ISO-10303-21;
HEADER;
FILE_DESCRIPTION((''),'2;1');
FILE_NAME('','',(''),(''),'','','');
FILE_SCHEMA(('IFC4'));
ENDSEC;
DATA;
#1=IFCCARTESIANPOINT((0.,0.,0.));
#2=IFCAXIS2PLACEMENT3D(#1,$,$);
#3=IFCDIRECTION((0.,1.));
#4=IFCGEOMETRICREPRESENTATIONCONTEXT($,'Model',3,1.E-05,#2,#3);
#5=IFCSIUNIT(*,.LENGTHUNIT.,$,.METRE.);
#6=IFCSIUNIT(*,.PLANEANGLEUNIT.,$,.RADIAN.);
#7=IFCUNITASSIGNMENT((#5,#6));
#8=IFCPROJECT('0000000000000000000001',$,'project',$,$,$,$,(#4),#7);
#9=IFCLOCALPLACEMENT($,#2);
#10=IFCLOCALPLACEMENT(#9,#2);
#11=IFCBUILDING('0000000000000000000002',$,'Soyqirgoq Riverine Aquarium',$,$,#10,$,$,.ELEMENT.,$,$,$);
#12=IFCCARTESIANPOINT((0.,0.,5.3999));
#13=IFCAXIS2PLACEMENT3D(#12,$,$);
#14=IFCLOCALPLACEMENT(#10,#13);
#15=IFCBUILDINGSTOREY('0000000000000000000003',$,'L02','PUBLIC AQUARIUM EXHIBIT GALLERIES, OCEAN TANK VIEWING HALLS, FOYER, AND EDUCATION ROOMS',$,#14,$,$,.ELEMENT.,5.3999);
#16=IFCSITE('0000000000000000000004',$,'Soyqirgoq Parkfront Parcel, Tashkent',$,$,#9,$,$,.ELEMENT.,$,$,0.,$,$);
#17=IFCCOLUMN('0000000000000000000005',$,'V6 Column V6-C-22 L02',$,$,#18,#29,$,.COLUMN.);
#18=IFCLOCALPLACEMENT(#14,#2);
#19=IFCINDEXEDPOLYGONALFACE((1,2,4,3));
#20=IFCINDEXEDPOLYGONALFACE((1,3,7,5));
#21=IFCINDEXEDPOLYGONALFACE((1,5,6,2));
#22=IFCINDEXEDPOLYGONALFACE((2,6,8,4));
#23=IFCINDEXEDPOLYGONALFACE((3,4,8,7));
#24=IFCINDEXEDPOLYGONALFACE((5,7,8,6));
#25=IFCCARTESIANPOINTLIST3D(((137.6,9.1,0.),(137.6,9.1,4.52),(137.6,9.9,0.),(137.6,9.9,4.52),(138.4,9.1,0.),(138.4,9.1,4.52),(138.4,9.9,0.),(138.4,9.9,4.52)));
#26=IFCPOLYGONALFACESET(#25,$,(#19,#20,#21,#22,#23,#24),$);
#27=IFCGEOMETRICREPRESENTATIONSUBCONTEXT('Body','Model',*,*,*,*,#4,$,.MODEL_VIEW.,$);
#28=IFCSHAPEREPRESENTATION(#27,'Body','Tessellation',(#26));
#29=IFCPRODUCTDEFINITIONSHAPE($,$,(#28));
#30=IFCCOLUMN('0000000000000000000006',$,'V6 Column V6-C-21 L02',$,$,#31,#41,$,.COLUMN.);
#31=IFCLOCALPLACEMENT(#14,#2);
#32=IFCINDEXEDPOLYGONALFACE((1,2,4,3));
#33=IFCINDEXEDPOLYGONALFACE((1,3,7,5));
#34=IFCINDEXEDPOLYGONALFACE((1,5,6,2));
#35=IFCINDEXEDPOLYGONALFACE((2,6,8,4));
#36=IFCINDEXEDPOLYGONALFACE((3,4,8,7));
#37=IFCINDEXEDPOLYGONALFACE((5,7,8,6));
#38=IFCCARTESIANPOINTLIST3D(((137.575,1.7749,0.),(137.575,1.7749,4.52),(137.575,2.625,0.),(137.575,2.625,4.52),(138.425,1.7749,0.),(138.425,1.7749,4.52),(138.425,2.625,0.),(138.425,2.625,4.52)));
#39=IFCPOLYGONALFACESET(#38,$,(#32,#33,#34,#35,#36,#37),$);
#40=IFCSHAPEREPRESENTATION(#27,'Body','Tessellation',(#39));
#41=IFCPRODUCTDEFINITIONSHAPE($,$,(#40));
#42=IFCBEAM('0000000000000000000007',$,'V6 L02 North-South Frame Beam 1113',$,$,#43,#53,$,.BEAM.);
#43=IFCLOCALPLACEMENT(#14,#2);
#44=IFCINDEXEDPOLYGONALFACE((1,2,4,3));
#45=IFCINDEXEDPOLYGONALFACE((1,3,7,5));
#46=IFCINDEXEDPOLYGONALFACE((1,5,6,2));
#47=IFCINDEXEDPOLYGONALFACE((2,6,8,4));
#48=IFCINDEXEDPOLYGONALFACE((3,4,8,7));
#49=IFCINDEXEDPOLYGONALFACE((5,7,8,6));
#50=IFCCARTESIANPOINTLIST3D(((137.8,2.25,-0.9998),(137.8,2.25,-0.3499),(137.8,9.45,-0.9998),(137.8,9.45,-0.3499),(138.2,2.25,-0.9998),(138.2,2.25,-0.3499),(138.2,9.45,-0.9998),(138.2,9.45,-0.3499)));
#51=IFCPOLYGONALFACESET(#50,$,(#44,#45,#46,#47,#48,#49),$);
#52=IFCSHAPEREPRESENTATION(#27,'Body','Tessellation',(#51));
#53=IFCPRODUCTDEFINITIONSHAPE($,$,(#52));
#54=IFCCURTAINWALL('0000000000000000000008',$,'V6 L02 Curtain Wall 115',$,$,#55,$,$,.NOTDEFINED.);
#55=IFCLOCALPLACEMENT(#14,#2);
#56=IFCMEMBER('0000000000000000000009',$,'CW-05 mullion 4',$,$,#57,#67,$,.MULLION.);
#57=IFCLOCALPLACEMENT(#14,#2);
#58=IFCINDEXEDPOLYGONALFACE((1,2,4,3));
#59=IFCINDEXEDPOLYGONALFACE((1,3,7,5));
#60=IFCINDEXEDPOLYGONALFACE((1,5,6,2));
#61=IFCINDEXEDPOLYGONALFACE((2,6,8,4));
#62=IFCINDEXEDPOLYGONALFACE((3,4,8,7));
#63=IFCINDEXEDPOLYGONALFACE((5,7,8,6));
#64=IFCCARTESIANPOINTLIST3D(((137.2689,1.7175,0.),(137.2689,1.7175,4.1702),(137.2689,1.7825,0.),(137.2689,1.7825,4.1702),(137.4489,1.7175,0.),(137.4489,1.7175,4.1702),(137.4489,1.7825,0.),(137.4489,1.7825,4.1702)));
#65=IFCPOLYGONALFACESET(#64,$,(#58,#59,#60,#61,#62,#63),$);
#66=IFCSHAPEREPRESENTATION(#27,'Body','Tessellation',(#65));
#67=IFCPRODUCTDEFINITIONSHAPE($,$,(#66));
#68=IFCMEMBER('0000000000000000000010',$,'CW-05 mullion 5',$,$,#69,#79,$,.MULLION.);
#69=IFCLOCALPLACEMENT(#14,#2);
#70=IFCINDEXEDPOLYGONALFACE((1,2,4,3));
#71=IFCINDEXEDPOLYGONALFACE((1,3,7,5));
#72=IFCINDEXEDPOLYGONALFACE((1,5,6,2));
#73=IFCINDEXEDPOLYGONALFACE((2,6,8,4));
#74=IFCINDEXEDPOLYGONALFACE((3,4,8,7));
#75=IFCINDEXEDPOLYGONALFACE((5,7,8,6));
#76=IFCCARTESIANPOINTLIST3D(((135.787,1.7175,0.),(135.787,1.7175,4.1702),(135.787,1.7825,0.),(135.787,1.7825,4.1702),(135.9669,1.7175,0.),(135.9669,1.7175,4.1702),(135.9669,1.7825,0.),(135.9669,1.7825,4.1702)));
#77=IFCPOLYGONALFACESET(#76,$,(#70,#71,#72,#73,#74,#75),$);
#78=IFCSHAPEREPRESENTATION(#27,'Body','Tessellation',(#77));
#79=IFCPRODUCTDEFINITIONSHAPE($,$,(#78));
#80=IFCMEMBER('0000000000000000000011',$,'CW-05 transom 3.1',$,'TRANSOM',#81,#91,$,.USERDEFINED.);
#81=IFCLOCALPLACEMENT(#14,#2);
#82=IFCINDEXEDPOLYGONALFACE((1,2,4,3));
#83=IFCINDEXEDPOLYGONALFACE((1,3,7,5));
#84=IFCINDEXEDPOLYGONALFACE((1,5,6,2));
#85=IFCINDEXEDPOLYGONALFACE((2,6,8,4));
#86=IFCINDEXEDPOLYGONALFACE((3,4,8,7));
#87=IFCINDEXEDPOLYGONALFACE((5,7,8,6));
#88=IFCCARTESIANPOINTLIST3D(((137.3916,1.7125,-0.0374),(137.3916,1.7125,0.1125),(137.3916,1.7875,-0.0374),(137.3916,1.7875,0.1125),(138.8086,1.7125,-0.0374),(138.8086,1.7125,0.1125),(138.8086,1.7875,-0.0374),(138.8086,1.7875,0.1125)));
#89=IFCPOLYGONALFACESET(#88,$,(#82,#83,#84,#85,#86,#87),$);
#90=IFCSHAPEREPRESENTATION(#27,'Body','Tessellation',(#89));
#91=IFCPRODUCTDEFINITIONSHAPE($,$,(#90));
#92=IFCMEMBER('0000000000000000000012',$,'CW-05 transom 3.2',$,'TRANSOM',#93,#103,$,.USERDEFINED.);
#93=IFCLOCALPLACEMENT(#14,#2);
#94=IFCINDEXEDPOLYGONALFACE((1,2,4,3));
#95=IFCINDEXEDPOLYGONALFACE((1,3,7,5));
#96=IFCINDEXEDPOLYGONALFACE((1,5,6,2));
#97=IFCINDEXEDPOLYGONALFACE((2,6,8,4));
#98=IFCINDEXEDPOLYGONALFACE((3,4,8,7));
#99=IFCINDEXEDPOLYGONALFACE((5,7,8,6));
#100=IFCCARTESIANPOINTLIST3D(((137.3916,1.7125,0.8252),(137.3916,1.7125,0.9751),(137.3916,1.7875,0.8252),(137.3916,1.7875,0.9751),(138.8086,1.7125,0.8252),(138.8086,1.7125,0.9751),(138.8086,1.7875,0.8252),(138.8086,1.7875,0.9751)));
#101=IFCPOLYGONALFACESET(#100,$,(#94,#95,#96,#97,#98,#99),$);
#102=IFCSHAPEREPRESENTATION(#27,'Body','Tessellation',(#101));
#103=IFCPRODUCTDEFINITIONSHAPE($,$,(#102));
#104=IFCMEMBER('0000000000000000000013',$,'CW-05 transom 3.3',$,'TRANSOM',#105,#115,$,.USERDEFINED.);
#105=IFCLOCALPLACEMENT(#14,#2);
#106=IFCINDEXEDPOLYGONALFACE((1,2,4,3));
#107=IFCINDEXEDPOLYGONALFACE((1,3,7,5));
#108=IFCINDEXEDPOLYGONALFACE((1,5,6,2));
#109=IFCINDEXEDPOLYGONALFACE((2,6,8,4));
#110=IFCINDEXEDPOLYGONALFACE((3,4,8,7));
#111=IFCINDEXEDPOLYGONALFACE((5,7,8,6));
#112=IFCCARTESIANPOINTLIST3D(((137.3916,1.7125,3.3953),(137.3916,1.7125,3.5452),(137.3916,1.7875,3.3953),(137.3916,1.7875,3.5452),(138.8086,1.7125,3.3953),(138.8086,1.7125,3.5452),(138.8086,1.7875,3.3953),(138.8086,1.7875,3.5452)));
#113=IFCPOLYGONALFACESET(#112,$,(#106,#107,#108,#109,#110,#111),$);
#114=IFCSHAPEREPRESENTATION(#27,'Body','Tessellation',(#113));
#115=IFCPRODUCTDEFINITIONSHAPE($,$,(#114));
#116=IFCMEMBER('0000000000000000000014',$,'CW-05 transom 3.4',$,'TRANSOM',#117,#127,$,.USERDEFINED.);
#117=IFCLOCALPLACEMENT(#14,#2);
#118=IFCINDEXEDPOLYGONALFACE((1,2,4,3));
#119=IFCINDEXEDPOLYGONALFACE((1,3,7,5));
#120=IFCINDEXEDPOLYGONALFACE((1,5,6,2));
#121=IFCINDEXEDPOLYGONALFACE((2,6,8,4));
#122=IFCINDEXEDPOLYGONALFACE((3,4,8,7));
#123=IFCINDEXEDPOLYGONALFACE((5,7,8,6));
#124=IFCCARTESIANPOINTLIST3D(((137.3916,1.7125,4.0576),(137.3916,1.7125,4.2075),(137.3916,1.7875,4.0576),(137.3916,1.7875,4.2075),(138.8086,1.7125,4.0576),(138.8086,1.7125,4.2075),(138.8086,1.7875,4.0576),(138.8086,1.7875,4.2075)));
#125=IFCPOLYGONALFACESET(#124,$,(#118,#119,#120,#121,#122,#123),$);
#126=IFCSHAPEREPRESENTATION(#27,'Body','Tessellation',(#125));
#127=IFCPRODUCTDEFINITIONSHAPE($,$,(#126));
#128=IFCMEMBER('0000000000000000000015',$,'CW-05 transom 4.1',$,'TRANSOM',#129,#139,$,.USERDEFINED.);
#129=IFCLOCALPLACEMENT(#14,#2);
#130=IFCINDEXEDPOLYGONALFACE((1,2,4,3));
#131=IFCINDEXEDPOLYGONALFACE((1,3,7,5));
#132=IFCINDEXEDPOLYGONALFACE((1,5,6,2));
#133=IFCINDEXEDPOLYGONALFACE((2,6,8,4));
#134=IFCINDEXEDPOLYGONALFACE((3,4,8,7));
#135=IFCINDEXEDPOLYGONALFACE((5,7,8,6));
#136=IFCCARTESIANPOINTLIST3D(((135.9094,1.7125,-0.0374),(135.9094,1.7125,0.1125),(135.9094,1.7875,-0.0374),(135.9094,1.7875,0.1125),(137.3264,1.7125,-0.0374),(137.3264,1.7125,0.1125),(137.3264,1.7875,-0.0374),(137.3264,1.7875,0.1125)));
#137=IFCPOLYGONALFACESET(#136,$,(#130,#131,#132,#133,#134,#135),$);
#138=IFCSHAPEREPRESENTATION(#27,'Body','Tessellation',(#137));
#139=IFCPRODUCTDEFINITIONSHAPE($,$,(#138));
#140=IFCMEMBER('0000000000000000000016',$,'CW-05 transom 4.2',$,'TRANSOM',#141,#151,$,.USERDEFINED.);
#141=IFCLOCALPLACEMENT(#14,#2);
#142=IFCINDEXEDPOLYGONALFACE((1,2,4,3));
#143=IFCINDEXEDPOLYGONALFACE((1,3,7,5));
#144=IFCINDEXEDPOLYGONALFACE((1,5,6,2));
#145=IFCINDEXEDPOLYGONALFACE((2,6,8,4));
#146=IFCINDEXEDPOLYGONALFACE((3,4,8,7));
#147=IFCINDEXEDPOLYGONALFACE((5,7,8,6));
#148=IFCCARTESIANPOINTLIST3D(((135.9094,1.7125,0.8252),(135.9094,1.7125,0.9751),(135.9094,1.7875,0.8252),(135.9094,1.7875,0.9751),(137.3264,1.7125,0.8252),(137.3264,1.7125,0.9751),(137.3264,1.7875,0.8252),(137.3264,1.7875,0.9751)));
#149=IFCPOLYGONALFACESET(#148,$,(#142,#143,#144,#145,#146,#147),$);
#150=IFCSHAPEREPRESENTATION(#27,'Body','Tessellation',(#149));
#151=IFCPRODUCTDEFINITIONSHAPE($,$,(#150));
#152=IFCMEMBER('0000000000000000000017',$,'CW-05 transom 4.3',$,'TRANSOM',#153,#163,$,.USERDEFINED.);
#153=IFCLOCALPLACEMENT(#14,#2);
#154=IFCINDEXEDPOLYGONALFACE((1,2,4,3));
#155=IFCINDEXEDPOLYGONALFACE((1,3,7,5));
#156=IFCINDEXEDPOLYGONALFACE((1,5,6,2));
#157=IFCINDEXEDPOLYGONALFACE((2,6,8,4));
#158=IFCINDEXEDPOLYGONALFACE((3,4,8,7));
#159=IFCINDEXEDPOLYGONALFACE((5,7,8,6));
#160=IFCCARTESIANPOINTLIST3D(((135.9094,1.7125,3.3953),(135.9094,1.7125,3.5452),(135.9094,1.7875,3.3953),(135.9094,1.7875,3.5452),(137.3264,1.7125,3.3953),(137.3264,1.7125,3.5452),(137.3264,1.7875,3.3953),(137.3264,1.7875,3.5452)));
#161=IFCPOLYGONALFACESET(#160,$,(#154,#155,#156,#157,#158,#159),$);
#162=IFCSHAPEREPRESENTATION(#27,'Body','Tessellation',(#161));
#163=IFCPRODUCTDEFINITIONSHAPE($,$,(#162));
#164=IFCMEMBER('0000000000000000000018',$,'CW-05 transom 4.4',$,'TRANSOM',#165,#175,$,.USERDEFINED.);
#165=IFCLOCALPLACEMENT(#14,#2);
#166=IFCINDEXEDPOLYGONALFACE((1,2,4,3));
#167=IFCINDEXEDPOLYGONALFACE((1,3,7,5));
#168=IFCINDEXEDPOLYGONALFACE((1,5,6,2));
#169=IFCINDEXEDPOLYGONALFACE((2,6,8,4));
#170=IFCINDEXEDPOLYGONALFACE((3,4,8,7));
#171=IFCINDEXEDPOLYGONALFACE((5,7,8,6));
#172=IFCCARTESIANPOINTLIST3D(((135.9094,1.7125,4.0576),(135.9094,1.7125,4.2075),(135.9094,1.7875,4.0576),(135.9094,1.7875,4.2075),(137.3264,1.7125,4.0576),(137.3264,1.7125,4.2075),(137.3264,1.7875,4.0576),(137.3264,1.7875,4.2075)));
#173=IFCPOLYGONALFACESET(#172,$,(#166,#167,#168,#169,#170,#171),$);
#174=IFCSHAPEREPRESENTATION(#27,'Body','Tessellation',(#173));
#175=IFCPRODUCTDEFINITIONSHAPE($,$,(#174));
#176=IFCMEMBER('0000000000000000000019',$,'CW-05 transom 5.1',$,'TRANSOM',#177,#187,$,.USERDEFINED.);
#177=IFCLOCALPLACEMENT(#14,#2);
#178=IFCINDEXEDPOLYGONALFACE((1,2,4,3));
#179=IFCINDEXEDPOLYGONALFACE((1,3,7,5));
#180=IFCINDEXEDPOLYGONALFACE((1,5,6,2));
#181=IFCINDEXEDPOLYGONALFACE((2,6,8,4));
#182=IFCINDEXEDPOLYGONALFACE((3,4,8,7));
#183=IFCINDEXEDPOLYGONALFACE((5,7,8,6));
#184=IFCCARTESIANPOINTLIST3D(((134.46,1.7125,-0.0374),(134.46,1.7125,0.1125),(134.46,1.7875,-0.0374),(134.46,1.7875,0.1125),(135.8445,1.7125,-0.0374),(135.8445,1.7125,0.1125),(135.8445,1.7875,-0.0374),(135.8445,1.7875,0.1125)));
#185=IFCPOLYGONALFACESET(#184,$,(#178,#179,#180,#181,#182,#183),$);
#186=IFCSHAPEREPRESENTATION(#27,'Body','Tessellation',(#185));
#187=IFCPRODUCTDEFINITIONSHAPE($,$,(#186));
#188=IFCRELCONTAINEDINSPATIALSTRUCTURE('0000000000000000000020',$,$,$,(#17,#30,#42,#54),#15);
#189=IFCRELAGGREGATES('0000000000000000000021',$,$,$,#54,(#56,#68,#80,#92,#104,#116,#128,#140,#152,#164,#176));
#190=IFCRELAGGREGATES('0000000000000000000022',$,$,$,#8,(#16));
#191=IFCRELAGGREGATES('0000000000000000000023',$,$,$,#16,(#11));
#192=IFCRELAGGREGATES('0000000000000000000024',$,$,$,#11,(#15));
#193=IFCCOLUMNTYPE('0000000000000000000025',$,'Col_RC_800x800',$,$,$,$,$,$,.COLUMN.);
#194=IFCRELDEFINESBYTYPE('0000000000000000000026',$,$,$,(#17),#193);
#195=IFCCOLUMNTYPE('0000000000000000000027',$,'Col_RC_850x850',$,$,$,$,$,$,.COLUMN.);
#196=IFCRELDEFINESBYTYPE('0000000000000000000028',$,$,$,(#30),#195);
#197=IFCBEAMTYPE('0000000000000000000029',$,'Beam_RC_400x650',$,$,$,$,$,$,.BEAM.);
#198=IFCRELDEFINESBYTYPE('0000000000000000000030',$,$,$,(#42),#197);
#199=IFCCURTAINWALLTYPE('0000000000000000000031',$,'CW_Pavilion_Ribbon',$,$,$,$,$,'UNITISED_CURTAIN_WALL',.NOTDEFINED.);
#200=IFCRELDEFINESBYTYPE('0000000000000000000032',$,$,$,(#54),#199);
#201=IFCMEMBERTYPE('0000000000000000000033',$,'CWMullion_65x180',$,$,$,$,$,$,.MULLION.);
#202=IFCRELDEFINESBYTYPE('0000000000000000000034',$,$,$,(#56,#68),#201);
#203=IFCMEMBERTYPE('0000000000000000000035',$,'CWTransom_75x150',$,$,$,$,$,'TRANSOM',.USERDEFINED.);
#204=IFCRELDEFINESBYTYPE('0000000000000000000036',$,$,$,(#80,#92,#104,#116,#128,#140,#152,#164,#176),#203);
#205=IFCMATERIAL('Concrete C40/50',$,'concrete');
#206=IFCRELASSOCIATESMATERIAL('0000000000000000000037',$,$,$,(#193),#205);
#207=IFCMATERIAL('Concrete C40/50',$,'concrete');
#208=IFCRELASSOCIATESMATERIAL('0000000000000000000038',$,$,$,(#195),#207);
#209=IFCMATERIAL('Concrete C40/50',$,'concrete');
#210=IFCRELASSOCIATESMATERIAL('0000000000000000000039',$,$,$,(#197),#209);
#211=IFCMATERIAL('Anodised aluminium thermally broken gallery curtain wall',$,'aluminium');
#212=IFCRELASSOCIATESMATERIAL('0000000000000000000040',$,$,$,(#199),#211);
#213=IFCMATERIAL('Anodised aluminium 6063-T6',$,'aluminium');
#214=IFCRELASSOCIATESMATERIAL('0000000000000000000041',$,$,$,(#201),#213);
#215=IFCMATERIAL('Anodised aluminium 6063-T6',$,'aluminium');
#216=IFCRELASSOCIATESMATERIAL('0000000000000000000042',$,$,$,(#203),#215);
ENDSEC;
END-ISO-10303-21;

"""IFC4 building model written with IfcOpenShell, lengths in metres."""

from ifc_helpers import new_model, si_unit, direction, frame, origin, origin_2d, place, context, subcontext, project, spatial, rectangle, extrude, material, material_profile, profile_set, type_object, element, aggregate, save


model = new_model("IFC4")

# Units and contexts
model_context = context("Model", 3, precision=1e-05, world=origin(), true_north=direction((0.0, 1.0)))
body_context = subcontext(model_context, "Body", "Model", "MODEL_VIEW")
ifc_project = project(units=[si_unit("LENGTHUNIT", "METRE"), si_unit("PLANEANGLEUNIT", "RADIAN")], contexts=[model_context])

# Site, building, storey
site_placement = place(None, origin())
site = spatial("IfcSite", under=ifc_project, at=site_placement, Name="Soyqirgoq Parkfront Parcel, Tashkent", CompositionType="ELEMENT", RefElevation=0.0)
building_placement = place(site_placement, origin())
building = spatial("IfcBuilding", under=site, at=building_placement, Name="Soyqirgoq Riverine Aquarium", CompositionType="ELEMENT")
storey_placement = place(building_placement, frame((0.0, 0.0, 5.3999)))
storey = spatial("IfcBuildingStorey", under=building, at=storey_placement, Name="L02", Description="PUBLIC AQUARIUM EXHIBIT GALLERIES, OCEAN TANK VIEWING HALLS, FOYER, AND EDUCATION ROOMS", CompositionType="ELEMENT", Elevation=5.3999)

# Columns
ifc_material_1 = material(Name="Concrete C40/50", Category="concrete")
ifc_material_profile_1 = material_profile(ifc_material_1, rectangle(XDim=0.8, YDim=0.8, at=origin_2d()), Name="RC 800x800")
ifc_profile_set_1 = profile_set([ifc_material_profile_1], Name="Concrete C40/50")
column_type_1 = type_object("IfcColumnType", Name="Col_RC_800x800", PredefinedType="COLUMN", material=ifc_profile_set_1)
column_1_placement = place(storey_placement, frame((138.0, 9.5, 0.0), z_axis=(0.0, 0.0, 1.0), x_axis=(1.0, 0.0, 0.0)))
element("IfcColumn", 1, at=column_1_placement, inside=storey, type_object=column_type_1, Name="V6 Column V6-C-22 L02", PredefinedType="COLUMN", context=body_context, shape_type="SweptSolid", body=[
    extrude(rectangle(XDim=0.8, YDim=0.8, at=origin_2d()), origin(), (0.0, 0.0, 1.0), 4.52),
])
ifc_material_2 = material(Name="Concrete C40/50", Category="concrete")
ifc_material_profile_2 = material_profile(ifc_material_2, rectangle(XDim=0.8501, YDim=0.8501, at=origin_2d()), Name="RC 850x850")
ifc_profile_set_2 = profile_set([ifc_material_profile_2], Name="Concrete C40/50")
column_type_2 = type_object("IfcColumnType", Name="Col_RC_850x850", PredefinedType="COLUMN", material=ifc_profile_set_2)
column_2_placement = place(storey_placement, frame((138.0, 2.2, 0.0), z_axis=(0.0, 0.0, 1.0), x_axis=(1.0, 0.0, 0.0)))
element("IfcColumn", 2, at=column_2_placement, inside=storey, type_object=column_type_2, Name="V6 Column V6-C-21 L02", PredefinedType="COLUMN", context=body_context, shape_type="SweptSolid", body=[
    extrude(rectangle(XDim=0.8501, YDim=0.8501, at=origin_2d()), origin(), (0.0, 0.0, 1.0), 4.52),
])

# Beam
ifc_material_3 = material(Name="Concrete C40/50", Category="concrete")
ifc_material_profile_3 = material_profile(ifc_material_3, rectangle(XDim=0.3999, YDim=0.6499, at=origin_2d()), Name="RC 400x650")
ifc_profile_set_3 = profile_set([ifc_material_profile_3], Name="Concrete C40/50")
beam_type_1 = type_object("IfcBeamType", Name="Beam_RC_400x650", PredefinedType="BEAM", material=ifc_profile_set_3)
beam_1_placement = place(storey_placement, frame((138.0, 2.25, -0.6748), z_axis=(0.0, 1.0, 0.0), x_axis=(-1.0, 0.0, 0.0)))
element("IfcBeam", 3, at=beam_1_placement, inside=storey, type_object=beam_type_1, Name="V6 L02 North-South Frame Beam 1113", PredefinedType="BEAM", context=body_context, shape_type="SweptSolid", body=[
    extrude(rectangle(XDim=0.3999, YDim=0.6499, at=origin_2d()), origin(), (0.0, 0.0, 1.0), 7.2),
])

# Curtain wall, members
ifc_material_4 = material(Name="Anodised aluminium thermally broken gallery curtain wall", Category="aluminium")
curtain_wall_type = type_object("IfcCurtainWallType", Name="CW_Pavilion_Ribbon", ElementType="UNITISED_CURTAIN_WALL", PredefinedType="NOTDEFINED", material=ifc_material_4)
curtain_wall_placement = place(storey_placement, origin())
curtain_wall = element("IfcCurtainWall", 4, at=curtain_wall_placement, inside=storey, type_object=curtain_wall_type, Name="V6 L02 Curtain Wall 115", PredefinedType="NOTDEFINED")
ifc_material_5 = material(Name="Anodised aluminium 6063-T6", Category="aluminium")
ifc_material_profile_4 = material_profile(ifc_material_5, rectangle(XDim=0.0649, YDim=0.1799, at=origin_2d()), Name="ALU-M 65x180")
ifc_profile_set_4 = profile_set([ifc_material_profile_4], Name="Anodised aluminium 6063-T6")
member_type_1 = type_object("IfcMemberType", Name="CWMullion_65x180", PredefinedType="MULLION", material=ifc_profile_set_4)
member_1_placement = place(storey_placement, frame((137.3589, 1.75, 0.0), z_axis=(0.0, 0.0, 1.0), x_axis=(0.0, -1.0, 0.0)))
member_1 = element("IfcMember", 5, at=member_1_placement, type_object=member_type_1, Name="CW-05 mullion 4", PredefinedType="MULLION", context=body_context, shape_type="SweptSolid", body=[
    extrude(rectangle(XDim=0.0649, YDim=0.1799, at=origin_2d()), origin(), (0.0, 0.0, 1.0), 4.1702),
])
member_2_placement = place(storey_placement, frame((135.877, 1.75, 0.0), z_axis=(0.0, 0.0, 1.0), x_axis=(0.0, -1.0, 0.0)))
member_2 = element("IfcMember", 6, at=member_2_placement, type_object=member_type_1, Name="CW-05 mullion 5", PredefinedType="MULLION", context=body_context, shape_type="SweptSolid", body=[
    extrude(rectangle(XDim=0.0649, YDim=0.1799, at=origin_2d()), origin(), (0.0, 0.0, 1.0), 4.1702),
])
ifc_material_6 = material(Name="Anodised aluminium 6063-T6", Category="aluminium")
ifc_material_profile_5 = material_profile(ifc_material_6, rectangle(XDim=0.075, YDim=0.1499, at=origin_2d()), Name="ALU-T 75x150")
ifc_profile_set_5 = profile_set([ifc_material_profile_5], Name="Anodised aluminium 6063-T6")
member_type_2 = type_object("IfcMemberType", Name="CWTransom_75x150", ElementType="TRANSOM", PredefinedType="USERDEFINED", material=ifc_profile_set_5)
member_3_placement = place(storey_placement, frame((138.8086, 1.75, 0.0376), z_axis=(-1.0, 0.0, 0.0), x_axis=(0.0, -1.0, 0.0)))
member_3 = element("IfcMember", 7, at=member_3_placement, type_object=member_type_2, Name="CW-05 transom 3.1", ObjectType="TRANSOM", PredefinedType="USERDEFINED", context=body_context, shape_type="SweptSolid", body=[
    extrude(rectangle(XDim=0.075, YDim=0.1499, at=origin_2d()), origin(), (0.0, 0.0, 1.0), 1.417),
])
member_4_placement = place(storey_placement, frame((138.8086, 1.75, 0.9001), z_axis=(-1.0, 0.0, 0.0), x_axis=(0.0, -1.0, 0.0)))
member_4 = element("IfcMember", 8, at=member_4_placement, type_object=member_type_2, Name="CW-05 transom 3.2", ObjectType="TRANSOM", PredefinedType="USERDEFINED", context=body_context, shape_type="SweptSolid", body=[
    extrude(rectangle(XDim=0.075, YDim=0.1499, at=origin_2d()), origin(), (0.0, 0.0, 1.0), 1.417),
])
member_5_placement = place(storey_placement, frame((138.8086, 1.75, 3.4702), z_axis=(-1.0, 0.0, 0.0), x_axis=(0.0, -1.0, 0.0)))
member_5 = element("IfcMember", 9, at=member_5_placement, type_object=member_type_2, Name="CW-05 transom 3.3", ObjectType="TRANSOM", PredefinedType="USERDEFINED", context=body_context, shape_type="SweptSolid", body=[
    extrude(rectangle(XDim=0.075, YDim=0.1499, at=origin_2d()), origin(), (0.0, 0.0, 1.0), 1.417),
])
member_6_placement = place(storey_placement, frame((138.8086, 1.75, 4.1326), z_axis=(-1.0, 0.0, 0.0), x_axis=(0.0, -1.0, 0.0)))
member_6 = element("IfcMember", 10, at=member_6_placement, type_object=member_type_2, Name="CW-05 transom 3.4", ObjectType="TRANSOM", PredefinedType="USERDEFINED", context=body_context, shape_type="SweptSolid", body=[
    extrude(rectangle(XDim=0.075, YDim=0.1499, at=origin_2d()), origin(), (0.0, 0.0, 1.0), 1.417),
])
member_7_placement = place(storey_placement, frame((137.3264, 1.75, 0.0376), z_axis=(-1.0, 0.0, 0.0), x_axis=(0.0, -1.0, 0.0)))
member_7 = element("IfcMember", 11, at=member_7_placement, type_object=member_type_2, Name="CW-05 transom 4.1", ObjectType="TRANSOM", PredefinedType="USERDEFINED", context=body_context, shape_type="SweptSolid", body=[
    extrude(rectangle(XDim=0.075, YDim=0.1499, at=origin_2d()), origin(), (0.0, 0.0, 1.0), 1.417),
])
member_8_placement = place(storey_placement, frame((137.3264, 1.75, 0.9001), z_axis=(-1.0, 0.0, 0.0), x_axis=(0.0, -1.0, 0.0)))
member_8 = element("IfcMember", 12, at=member_8_placement, type_object=member_type_2, Name="CW-05 transom 4.2", ObjectType="TRANSOM", PredefinedType="USERDEFINED", context=body_context, shape_type="SweptSolid", body=[
    extrude(rectangle(XDim=0.075, YDim=0.1499, at=origin_2d()), origin(), (0.0, 0.0, 1.0), 1.417),
])
member_9_placement = place(storey_placement, frame((137.3264, 1.75, 3.4702), z_axis=(-1.0, 0.0, 0.0), x_axis=(0.0, -1.0, 0.0)))
member_9 = element("IfcMember", 13, at=member_9_placement, type_object=member_type_2, Name="CW-05 transom 4.3", ObjectType="TRANSOM", PredefinedType="USERDEFINED", context=body_context, shape_type="SweptSolid", body=[
    extrude(rectangle(XDim=0.075, YDim=0.1499, at=origin_2d()), origin(), (0.0, 0.0, 1.0), 1.417),
])
member_10_placement = place(storey_placement, frame((137.3264, 1.75, 4.1326), z_axis=(-1.0, 0.0, 0.0), x_axis=(0.0, -1.0, 0.0)))
member_10 = element("IfcMember", 14, at=member_10_placement, type_object=member_type_2, Name="CW-05 transom 4.4", ObjectType="TRANSOM", PredefinedType="USERDEFINED", context=body_context, shape_type="SweptSolid", body=[
    extrude(rectangle(XDim=0.075, YDim=0.1499, at=origin_2d()), origin(), (0.0, 0.0, 1.0), 1.417),
])
member_11_placement = place(storey_placement, frame((135.8445, 1.75, 0.0376), z_axis=(-1.0, 0.0, 0.0), x_axis=(0.0, -1.0, 0.0)))
member_11 = element("IfcMember", 15, at=member_11_placement, type_object=member_type_2, Name="CW-05 transom 5.1", ObjectType="TRANSOM", PredefinedType="USERDEFINED", context=body_context, shape_type="SweptSolid", body=[
    extrude(rectangle(XDim=0.075, YDim=0.1499, at=origin_2d()), origin(), (0.0, 0.0, 1.0), 1.3845),
])

aggregate(curtain_wall, [member_1, member_2, member_3, member_4, member_5, member_6, member_7, member_8, member_9, member_10, member_11])

save(model, "model.ifc")
